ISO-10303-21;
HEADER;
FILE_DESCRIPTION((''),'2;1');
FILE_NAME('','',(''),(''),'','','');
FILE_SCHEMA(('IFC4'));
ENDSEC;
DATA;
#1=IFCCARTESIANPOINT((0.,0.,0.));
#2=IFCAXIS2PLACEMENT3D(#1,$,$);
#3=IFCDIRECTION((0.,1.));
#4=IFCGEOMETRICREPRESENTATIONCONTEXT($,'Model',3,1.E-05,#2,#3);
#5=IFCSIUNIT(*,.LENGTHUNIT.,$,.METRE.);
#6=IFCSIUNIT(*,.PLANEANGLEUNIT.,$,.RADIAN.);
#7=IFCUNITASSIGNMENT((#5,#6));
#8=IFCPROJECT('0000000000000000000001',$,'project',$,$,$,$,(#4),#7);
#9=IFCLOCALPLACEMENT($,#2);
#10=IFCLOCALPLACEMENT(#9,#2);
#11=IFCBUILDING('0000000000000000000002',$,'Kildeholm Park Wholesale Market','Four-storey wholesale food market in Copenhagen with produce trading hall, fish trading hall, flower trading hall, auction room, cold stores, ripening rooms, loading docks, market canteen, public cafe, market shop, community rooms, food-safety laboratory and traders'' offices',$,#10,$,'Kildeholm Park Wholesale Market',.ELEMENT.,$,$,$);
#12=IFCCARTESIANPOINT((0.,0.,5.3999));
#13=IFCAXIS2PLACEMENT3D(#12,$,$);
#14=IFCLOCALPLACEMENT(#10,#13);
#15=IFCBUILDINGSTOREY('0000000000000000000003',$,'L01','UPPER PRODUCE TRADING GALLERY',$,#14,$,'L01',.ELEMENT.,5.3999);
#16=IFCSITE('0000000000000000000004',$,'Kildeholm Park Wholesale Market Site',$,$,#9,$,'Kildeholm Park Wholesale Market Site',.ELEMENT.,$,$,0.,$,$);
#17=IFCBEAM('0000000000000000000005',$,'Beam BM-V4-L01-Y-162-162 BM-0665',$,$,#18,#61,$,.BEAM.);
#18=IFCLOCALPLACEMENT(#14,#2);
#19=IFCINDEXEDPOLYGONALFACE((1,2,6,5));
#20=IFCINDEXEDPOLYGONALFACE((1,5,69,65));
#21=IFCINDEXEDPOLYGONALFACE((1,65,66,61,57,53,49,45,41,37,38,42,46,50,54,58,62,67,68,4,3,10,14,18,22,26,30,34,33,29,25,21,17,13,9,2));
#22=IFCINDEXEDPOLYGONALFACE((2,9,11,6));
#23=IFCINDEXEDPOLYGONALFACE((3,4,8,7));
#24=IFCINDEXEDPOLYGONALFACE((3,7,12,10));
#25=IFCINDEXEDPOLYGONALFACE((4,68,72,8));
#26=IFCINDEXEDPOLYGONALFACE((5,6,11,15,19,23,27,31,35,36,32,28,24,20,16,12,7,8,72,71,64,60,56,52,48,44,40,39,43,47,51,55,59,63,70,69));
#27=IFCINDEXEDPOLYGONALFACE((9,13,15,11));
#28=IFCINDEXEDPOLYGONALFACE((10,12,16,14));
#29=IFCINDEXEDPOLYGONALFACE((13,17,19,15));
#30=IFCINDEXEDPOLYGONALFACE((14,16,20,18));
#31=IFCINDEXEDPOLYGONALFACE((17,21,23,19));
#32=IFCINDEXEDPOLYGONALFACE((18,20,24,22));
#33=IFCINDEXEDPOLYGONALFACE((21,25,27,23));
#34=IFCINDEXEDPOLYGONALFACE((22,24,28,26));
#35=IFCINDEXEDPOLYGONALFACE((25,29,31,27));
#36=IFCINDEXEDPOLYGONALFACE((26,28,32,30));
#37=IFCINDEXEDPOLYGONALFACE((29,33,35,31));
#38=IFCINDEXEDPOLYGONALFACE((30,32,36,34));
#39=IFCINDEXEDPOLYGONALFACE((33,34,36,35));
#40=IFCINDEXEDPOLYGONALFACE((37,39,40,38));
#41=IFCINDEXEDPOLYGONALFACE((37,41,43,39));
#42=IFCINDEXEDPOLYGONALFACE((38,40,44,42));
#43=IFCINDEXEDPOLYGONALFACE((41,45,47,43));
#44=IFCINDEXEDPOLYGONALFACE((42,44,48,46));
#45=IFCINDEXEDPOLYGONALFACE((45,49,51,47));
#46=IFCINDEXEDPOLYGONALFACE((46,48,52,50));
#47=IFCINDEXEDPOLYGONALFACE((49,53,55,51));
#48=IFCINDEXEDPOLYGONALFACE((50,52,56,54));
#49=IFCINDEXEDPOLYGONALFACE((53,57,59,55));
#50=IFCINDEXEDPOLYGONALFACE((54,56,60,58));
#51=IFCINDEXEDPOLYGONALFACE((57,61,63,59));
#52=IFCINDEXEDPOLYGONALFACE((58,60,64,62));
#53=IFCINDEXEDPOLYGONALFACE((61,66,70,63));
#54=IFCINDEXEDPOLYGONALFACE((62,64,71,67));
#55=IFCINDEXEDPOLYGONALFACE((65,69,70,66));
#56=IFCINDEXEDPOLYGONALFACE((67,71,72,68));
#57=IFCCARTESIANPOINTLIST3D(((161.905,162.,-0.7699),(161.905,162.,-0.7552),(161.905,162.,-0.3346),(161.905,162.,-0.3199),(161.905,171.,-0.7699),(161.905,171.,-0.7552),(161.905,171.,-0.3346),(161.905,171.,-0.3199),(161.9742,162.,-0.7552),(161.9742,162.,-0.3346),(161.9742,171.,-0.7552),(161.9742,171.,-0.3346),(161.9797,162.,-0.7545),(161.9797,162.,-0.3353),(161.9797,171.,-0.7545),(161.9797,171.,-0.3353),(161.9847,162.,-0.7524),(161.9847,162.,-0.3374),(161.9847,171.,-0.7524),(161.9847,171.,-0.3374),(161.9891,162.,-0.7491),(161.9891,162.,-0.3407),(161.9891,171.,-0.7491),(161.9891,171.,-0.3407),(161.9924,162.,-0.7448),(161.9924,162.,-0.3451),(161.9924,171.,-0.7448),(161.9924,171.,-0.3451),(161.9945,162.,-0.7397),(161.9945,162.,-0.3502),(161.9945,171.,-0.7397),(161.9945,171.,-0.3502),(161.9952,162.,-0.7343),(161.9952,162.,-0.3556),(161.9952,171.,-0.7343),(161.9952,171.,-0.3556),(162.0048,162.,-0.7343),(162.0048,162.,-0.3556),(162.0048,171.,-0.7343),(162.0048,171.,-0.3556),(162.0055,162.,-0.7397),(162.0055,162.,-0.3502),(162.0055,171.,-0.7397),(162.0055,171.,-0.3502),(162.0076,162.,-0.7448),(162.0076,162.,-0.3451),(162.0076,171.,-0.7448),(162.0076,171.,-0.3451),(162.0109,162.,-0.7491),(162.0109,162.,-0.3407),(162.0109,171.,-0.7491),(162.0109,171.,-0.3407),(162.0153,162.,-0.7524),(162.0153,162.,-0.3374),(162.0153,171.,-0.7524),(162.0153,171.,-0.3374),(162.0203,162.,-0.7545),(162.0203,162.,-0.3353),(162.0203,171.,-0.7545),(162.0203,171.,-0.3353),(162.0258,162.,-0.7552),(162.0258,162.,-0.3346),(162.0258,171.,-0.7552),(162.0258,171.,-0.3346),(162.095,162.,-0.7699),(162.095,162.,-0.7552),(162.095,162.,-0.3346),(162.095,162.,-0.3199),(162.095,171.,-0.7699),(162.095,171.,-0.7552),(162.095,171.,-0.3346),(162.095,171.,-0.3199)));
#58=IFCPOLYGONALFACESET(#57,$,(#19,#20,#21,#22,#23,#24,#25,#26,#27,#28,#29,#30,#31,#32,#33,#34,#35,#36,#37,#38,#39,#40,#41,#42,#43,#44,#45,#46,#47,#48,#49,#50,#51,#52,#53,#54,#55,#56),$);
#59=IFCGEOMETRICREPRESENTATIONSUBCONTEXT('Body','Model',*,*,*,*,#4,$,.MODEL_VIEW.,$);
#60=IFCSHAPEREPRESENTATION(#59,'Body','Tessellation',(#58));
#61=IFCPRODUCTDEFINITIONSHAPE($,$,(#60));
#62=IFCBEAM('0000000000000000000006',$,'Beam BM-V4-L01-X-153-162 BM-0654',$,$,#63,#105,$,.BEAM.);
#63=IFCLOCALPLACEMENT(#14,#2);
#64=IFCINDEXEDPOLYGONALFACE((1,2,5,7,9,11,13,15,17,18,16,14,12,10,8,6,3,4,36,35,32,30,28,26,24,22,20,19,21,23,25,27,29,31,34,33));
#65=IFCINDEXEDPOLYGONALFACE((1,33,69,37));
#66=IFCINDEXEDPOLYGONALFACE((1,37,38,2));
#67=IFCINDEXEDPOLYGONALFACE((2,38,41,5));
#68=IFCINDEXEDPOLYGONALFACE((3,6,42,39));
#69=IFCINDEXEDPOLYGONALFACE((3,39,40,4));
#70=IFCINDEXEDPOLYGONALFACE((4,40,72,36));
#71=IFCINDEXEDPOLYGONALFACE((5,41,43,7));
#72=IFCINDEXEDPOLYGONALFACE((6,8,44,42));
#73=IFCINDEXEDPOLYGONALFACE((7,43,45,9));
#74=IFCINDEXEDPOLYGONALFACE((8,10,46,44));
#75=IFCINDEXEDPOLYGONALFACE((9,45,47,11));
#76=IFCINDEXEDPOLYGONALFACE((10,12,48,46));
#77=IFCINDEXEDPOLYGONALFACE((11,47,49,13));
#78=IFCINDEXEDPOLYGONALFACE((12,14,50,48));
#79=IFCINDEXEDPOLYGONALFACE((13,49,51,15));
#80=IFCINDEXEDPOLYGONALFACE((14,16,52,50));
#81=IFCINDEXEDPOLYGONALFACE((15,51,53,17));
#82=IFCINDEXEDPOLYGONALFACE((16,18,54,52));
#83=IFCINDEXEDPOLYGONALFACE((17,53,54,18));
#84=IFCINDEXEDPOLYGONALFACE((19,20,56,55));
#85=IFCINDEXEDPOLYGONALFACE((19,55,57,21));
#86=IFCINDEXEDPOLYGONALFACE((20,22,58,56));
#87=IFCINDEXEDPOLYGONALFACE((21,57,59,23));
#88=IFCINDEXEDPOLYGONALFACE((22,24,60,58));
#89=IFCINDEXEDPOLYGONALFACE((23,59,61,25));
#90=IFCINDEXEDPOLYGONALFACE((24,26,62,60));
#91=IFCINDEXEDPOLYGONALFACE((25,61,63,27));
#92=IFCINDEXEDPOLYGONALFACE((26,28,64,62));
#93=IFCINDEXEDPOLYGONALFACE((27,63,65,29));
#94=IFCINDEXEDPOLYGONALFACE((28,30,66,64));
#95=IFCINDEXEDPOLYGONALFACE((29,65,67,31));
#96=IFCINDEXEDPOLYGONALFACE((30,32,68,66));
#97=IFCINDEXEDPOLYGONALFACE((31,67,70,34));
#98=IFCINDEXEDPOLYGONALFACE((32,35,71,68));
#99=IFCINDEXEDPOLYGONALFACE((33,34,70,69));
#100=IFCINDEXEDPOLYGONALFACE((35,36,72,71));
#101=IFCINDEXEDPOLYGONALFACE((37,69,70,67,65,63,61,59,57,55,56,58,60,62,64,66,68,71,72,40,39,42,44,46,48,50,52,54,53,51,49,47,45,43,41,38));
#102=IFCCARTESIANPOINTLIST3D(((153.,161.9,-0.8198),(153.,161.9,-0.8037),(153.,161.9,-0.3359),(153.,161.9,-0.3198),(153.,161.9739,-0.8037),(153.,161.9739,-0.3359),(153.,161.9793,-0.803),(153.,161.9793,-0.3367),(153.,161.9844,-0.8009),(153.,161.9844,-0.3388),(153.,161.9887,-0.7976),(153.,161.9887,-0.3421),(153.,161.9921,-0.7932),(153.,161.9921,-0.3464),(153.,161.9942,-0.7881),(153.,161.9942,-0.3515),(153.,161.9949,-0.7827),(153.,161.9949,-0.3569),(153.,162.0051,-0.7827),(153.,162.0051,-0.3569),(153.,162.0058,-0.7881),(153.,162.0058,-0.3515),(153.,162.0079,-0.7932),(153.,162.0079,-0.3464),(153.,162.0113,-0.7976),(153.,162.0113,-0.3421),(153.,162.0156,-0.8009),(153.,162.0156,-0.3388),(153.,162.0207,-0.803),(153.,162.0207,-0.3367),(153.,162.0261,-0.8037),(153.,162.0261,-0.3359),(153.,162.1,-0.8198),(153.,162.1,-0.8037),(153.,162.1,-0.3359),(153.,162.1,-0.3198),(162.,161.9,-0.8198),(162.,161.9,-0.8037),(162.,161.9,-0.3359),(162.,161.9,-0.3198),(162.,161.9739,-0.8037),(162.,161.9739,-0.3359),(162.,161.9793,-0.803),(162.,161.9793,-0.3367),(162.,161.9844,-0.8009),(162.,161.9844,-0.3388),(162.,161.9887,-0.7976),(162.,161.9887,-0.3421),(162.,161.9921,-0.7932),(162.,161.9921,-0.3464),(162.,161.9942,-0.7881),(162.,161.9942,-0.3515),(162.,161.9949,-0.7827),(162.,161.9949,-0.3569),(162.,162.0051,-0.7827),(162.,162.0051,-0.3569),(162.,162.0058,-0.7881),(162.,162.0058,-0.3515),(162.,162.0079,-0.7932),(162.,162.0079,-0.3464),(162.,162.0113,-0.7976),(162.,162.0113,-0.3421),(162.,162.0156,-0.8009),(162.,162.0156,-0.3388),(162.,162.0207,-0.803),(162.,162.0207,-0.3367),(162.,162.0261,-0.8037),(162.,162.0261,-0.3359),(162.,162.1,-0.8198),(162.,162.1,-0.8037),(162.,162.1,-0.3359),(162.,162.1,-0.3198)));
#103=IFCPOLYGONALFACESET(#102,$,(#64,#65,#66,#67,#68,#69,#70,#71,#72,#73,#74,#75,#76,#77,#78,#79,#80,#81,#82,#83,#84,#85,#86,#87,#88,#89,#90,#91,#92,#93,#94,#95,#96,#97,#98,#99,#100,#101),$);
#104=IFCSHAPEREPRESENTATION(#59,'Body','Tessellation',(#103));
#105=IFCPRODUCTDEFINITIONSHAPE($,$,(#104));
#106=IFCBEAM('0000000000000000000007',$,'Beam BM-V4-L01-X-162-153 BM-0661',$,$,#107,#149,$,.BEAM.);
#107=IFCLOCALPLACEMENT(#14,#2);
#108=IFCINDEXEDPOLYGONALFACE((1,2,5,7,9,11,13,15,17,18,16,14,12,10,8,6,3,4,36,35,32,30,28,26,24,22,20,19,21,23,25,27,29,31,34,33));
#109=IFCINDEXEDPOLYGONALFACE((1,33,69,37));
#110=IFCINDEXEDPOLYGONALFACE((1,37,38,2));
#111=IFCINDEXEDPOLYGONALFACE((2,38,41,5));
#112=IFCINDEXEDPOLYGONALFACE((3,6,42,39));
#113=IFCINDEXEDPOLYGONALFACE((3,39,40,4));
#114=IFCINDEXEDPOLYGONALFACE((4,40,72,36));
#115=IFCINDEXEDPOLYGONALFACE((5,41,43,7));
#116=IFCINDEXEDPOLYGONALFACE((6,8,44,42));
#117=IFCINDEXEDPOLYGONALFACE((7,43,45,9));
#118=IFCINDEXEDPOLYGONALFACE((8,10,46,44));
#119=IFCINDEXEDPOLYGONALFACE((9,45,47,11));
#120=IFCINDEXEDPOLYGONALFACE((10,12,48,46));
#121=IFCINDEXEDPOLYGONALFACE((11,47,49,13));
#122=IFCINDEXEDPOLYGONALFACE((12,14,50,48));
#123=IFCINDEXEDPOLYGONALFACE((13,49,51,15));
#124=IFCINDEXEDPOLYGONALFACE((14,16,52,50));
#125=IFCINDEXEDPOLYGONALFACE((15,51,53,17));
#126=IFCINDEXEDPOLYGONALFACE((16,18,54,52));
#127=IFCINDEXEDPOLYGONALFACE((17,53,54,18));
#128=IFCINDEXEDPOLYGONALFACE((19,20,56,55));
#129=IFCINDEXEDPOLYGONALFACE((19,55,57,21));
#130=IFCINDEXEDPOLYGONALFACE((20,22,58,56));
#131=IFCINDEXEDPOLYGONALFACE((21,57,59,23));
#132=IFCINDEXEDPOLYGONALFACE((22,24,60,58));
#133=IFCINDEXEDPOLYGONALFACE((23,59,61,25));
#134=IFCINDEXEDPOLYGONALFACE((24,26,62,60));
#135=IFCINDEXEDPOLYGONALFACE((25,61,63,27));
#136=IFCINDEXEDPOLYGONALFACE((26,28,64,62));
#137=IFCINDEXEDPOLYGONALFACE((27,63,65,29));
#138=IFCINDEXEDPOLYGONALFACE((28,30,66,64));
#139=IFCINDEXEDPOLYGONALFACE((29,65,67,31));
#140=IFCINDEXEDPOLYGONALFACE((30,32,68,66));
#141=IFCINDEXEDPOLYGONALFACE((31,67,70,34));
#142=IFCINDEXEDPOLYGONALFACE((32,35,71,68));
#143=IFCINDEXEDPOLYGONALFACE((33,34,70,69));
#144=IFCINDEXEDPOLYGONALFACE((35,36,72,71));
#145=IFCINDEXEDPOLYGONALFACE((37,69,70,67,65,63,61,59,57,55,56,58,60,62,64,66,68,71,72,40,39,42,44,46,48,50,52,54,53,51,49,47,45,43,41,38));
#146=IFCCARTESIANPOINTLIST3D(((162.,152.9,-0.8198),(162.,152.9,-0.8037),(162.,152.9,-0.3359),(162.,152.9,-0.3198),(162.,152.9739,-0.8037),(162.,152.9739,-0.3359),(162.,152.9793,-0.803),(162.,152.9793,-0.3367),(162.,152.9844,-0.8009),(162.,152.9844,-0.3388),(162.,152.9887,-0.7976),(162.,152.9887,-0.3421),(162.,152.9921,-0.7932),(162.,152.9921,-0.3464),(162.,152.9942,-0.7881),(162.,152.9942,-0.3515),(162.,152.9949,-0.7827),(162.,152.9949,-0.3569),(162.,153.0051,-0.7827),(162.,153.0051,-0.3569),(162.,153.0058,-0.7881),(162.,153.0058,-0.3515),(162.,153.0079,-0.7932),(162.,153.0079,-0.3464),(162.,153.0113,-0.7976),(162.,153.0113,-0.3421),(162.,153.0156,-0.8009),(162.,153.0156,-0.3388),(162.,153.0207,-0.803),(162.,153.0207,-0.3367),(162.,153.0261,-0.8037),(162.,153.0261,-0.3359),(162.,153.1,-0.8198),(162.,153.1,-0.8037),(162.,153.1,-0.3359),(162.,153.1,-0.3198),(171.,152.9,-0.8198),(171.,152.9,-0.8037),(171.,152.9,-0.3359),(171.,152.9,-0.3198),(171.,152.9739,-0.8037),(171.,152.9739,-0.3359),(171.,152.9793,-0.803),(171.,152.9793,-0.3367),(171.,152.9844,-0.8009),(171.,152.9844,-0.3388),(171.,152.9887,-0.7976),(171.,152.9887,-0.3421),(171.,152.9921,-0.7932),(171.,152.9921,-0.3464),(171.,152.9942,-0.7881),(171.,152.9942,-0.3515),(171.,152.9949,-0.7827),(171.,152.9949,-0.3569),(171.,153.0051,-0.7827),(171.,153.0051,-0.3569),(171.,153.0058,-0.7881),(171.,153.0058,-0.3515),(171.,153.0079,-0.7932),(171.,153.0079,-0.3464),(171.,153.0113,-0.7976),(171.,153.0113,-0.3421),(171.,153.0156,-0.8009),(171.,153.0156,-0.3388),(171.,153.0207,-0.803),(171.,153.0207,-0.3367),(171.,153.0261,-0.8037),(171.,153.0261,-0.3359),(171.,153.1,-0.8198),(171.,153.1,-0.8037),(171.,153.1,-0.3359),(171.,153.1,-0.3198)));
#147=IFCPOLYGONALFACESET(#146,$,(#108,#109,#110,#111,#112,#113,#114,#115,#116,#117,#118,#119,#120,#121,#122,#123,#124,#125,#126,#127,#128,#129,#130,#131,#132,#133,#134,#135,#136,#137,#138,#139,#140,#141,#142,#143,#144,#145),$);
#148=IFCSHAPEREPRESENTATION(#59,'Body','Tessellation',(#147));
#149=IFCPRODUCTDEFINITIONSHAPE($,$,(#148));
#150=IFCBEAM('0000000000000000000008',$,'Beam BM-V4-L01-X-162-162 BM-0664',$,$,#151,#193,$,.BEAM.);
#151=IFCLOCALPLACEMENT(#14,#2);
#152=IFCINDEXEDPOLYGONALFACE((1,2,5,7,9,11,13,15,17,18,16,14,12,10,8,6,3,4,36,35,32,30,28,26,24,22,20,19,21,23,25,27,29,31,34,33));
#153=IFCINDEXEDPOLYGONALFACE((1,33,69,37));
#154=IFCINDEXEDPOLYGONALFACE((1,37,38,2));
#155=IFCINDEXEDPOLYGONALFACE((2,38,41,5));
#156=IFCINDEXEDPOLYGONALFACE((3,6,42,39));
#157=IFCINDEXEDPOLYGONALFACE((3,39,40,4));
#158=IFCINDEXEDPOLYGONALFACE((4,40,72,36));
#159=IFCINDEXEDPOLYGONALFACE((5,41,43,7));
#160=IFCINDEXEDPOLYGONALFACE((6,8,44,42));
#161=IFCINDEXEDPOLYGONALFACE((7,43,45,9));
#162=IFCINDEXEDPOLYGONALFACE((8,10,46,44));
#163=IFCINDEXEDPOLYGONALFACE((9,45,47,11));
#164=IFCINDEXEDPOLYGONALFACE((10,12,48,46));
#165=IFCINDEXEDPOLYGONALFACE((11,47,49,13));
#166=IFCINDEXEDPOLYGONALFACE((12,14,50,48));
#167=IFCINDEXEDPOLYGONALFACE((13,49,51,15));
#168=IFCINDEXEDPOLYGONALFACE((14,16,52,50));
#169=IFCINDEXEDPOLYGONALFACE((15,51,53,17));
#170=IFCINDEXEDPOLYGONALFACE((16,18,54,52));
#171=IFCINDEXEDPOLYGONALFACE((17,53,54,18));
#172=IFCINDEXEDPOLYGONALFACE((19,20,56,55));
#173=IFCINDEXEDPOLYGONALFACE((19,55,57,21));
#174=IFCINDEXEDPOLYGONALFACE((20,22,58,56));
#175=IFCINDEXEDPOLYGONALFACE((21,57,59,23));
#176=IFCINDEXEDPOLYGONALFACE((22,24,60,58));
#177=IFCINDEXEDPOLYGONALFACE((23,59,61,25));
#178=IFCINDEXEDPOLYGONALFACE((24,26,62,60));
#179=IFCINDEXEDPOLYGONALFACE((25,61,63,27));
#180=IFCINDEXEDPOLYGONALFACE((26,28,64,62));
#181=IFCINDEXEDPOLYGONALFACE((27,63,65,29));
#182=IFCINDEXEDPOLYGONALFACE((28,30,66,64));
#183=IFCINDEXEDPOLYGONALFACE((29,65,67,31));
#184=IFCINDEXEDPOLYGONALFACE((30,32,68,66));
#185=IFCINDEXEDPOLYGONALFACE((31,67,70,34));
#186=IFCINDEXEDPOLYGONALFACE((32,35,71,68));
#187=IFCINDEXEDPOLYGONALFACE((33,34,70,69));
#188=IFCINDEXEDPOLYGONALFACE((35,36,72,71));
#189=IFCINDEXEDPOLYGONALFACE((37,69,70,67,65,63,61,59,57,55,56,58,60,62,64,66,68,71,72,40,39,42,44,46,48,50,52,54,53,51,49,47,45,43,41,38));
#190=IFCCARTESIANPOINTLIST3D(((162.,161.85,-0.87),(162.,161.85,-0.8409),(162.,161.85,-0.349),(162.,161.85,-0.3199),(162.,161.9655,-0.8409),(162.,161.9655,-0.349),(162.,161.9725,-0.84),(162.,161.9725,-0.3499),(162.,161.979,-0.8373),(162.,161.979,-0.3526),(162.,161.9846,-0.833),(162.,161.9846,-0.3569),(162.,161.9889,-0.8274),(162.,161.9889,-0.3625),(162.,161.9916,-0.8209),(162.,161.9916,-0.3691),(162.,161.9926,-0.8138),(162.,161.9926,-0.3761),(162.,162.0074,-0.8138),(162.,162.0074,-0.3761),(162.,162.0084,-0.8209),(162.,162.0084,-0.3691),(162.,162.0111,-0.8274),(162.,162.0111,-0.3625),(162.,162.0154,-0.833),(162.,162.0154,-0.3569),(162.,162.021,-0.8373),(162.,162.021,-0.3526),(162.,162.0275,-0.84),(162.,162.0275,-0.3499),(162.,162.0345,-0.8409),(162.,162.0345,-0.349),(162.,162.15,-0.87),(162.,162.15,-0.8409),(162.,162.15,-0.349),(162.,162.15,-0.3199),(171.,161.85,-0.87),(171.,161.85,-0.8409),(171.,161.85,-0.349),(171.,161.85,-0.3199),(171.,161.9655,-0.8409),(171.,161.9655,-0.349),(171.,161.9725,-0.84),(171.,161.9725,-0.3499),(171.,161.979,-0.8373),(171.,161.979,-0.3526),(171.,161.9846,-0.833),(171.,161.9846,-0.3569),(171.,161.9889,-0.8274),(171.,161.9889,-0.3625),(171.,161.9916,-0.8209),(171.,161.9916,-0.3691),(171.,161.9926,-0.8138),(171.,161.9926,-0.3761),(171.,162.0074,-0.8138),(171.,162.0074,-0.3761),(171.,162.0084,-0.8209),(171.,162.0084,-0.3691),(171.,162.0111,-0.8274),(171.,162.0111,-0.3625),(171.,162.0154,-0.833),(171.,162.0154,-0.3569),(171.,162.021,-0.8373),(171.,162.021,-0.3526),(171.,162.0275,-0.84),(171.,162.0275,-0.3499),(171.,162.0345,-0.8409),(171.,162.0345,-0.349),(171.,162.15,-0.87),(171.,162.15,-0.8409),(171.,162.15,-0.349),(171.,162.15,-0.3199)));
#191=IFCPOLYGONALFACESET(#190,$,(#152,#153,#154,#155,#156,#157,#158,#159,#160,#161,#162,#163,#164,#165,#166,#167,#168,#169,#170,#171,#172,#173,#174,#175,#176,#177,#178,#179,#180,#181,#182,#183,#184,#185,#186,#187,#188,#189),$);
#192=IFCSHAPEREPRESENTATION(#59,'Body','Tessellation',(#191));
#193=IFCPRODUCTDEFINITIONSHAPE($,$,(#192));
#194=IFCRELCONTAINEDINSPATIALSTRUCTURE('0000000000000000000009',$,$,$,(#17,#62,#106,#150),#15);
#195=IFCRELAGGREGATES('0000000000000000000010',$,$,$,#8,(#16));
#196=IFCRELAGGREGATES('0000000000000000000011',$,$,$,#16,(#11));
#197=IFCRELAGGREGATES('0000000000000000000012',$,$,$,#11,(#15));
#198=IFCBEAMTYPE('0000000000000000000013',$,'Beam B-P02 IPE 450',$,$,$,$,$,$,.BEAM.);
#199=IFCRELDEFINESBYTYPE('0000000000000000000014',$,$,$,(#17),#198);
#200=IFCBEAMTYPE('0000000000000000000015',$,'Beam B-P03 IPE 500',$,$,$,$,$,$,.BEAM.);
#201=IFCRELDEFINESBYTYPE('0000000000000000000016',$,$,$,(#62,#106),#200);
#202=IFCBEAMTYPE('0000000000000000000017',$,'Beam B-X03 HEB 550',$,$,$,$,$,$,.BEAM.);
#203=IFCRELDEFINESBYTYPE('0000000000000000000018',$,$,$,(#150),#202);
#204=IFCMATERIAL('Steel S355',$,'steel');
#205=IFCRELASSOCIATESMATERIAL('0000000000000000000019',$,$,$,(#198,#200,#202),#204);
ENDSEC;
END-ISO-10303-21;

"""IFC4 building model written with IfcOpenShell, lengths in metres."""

from ifc_helpers import new_model, si_unit, direction, frame, origin, origin_2d, place, context, subcontext, project, spatial, i_section, extrude, material, material_profile, profile_set, type_object, element, save


model = new_model("IFC4")

# Units and contexts
model_context = context("Model", 3, precision=1e-05, world=origin(), true_north=direction((0.0, 1.0)))
body_context = subcontext(model_context, "Body", "Model", "MODEL_VIEW")
ifc_project = project(units=[si_unit("LENGTHUNIT", "METRE"), si_unit("PLANEANGLEUNIT", "RADIAN")], contexts=[model_context])

# Site, building, storey
site_placement = place(None, origin())
site = spatial("IfcSite", under=ifc_project, at=site_placement, Name="Kildeholm Park Wholesale Market Site", LongName="Kildeholm Park Wholesale Market Site", CompositionType="ELEMENT", RefElevation=0.0)
building_placement = place(site_placement, origin())
building = spatial("IfcBuilding", under=site, at=building_placement, Name="Kildeholm Park Wholesale Market", Description="Four-storey wholesale food market in Copenhagen with produce trading hall, fish trading hall, flower trading hall, auction room, cold stores, ripening rooms, loading docks, market canteen, public cafe, market shop, community rooms, food-safety laboratory and traders' offices", LongName="Kildeholm Park Wholesale Market", CompositionType="ELEMENT")
storey_placement = place(building_placement, frame((0.0, 0.0, 5.3999)))
storey = spatial("IfcBuildingStorey", under=building, at=storey_placement, Name="L01", Description="UPPER PRODUCE TRADING GALLERY", LongName="L01", CompositionType="ELEMENT", Elevation=5.3999)

# Beams
ifc_material_1 = material(Name="Steel S355", Category="steel")
ifc_material_profile_1 = material_profile(ifc_material_1, i_section(OverallWidth=0.1899, OverallDepth=0.45, WebThickness=0.0095, FlangeThickness=0.0146, FilletRadius=0.021, at=origin_2d()), Name="IPE 450")
ifc_profile_set_1 = profile_set([ifc_material_profile_1], Name="Steel S355")
beam_type_1 = type_object("IfcBeamType", Name="Beam B-P02 IPE 450", PredefinedType="BEAM", material=ifc_profile_set_1)
for number, where, z_axis, x_axis, name in (
    (1, (162.0, 162.0, -0.5449), (0.0, 1.0, 0.0), (-1.0, 0.0, 0.0), "Beam BM-V4-L01-Y-162-162 BM-0665"),
):
    element("IfcBeam", number, at=place(storey_placement, frame(where, z_axis=z_axis, x_axis=x_axis)), inside=storey, type_object=beam_type_1, Name=name, PredefinedType="BEAM", context=body_context, shape_type="SweptSolid", body=[
        extrude(i_section(OverallWidth=0.1899, OverallDepth=0.45, WebThickness=0.0095, FlangeThickness=0.0146, FilletRadius=0.021, at=origin_2d()), origin(), (0.0, 0.0, 1.0), 9.0),
    ])
ifc_material_profile_2 = material_profile(ifc_material_1, i_section(OverallWidth=0.2, OverallDepth=0.5, WebThickness=0.0103, FlangeThickness=0.0161, FilletRadius=0.021, at=origin_2d()), Name="IPE 500")
ifc_profile_set_2 = profile_set([ifc_material_profile_2], Name="Steel S355")
beam_type_2 = type_object("IfcBeamType", Name="Beam B-P03 IPE 500", PredefinedType="BEAM", material=ifc_profile_set_2)
for number, where, z_axis, x_axis, name in (
    (2, (153.0, 162.0, -0.5698), (1.0, 0.0, 0.0), (0.0, 1.0, 0.0), "Beam BM-V4-L01-X-153-162 BM-0654"),
    (3, (162.0, 153.0, -0.5698), (1.0, 0.0, 0.0), (0.0, 1.0, 0.0), "Beam BM-V4-L01-X-162-153 BM-0661"),
):
    element("IfcBeam", number, at=place(storey_placement, frame(where, z_axis=z_axis, x_axis=x_axis)), inside=storey, type_object=beam_type_2, Name=name, PredefinedType="BEAM", context=body_context, shape_type="SweptSolid", body=[
        extrude(i_section(OverallWidth=0.2, OverallDepth=0.5, WebThickness=0.0103, FlangeThickness=0.0161, FilletRadius=0.021, at=origin_2d()), origin(), (0.0, 0.0, 1.0), 9.0),
    ])
ifc_material_profile_3 = material_profile(ifc_material_1, i_section(OverallWidth=0.3, OverallDepth=0.55, WebThickness=0.0149, FlangeThickness=0.0291, FilletRadius=0.0271, at=origin_2d()), Name="HEB 550")
ifc_profile_set_3 = profile_set([ifc_material_profile_3], Name="Steel S355")
beam_type_3 = type_object("IfcBeamType", Name="Beam B-X03 HEB 550", PredefinedType="BEAM", material=ifc_profile_set_3)
beam_1_placement = place(storey_placement, frame((162.0, 162.0, -0.595), z_axis=(1.0, 0.0, 0.0), x_axis=(0.0, 1.0, 0.0)))
element("IfcBeam", 4, at=beam_1_placement, inside=storey, type_object=beam_type_3, Name="Beam BM-V4-L01-X-162-162 BM-0664", PredefinedType="BEAM", context=body_context, shape_type="SweptSolid", body=[
    extrude(i_section(OverallWidth=0.3, OverallDepth=0.55, WebThickness=0.0149, FlangeThickness=0.0291, FilletRadius=0.0271, at=origin_2d()), origin(), (0.0, 0.0, 1.0), 9.0),
])

save(model, "model.ifc")
